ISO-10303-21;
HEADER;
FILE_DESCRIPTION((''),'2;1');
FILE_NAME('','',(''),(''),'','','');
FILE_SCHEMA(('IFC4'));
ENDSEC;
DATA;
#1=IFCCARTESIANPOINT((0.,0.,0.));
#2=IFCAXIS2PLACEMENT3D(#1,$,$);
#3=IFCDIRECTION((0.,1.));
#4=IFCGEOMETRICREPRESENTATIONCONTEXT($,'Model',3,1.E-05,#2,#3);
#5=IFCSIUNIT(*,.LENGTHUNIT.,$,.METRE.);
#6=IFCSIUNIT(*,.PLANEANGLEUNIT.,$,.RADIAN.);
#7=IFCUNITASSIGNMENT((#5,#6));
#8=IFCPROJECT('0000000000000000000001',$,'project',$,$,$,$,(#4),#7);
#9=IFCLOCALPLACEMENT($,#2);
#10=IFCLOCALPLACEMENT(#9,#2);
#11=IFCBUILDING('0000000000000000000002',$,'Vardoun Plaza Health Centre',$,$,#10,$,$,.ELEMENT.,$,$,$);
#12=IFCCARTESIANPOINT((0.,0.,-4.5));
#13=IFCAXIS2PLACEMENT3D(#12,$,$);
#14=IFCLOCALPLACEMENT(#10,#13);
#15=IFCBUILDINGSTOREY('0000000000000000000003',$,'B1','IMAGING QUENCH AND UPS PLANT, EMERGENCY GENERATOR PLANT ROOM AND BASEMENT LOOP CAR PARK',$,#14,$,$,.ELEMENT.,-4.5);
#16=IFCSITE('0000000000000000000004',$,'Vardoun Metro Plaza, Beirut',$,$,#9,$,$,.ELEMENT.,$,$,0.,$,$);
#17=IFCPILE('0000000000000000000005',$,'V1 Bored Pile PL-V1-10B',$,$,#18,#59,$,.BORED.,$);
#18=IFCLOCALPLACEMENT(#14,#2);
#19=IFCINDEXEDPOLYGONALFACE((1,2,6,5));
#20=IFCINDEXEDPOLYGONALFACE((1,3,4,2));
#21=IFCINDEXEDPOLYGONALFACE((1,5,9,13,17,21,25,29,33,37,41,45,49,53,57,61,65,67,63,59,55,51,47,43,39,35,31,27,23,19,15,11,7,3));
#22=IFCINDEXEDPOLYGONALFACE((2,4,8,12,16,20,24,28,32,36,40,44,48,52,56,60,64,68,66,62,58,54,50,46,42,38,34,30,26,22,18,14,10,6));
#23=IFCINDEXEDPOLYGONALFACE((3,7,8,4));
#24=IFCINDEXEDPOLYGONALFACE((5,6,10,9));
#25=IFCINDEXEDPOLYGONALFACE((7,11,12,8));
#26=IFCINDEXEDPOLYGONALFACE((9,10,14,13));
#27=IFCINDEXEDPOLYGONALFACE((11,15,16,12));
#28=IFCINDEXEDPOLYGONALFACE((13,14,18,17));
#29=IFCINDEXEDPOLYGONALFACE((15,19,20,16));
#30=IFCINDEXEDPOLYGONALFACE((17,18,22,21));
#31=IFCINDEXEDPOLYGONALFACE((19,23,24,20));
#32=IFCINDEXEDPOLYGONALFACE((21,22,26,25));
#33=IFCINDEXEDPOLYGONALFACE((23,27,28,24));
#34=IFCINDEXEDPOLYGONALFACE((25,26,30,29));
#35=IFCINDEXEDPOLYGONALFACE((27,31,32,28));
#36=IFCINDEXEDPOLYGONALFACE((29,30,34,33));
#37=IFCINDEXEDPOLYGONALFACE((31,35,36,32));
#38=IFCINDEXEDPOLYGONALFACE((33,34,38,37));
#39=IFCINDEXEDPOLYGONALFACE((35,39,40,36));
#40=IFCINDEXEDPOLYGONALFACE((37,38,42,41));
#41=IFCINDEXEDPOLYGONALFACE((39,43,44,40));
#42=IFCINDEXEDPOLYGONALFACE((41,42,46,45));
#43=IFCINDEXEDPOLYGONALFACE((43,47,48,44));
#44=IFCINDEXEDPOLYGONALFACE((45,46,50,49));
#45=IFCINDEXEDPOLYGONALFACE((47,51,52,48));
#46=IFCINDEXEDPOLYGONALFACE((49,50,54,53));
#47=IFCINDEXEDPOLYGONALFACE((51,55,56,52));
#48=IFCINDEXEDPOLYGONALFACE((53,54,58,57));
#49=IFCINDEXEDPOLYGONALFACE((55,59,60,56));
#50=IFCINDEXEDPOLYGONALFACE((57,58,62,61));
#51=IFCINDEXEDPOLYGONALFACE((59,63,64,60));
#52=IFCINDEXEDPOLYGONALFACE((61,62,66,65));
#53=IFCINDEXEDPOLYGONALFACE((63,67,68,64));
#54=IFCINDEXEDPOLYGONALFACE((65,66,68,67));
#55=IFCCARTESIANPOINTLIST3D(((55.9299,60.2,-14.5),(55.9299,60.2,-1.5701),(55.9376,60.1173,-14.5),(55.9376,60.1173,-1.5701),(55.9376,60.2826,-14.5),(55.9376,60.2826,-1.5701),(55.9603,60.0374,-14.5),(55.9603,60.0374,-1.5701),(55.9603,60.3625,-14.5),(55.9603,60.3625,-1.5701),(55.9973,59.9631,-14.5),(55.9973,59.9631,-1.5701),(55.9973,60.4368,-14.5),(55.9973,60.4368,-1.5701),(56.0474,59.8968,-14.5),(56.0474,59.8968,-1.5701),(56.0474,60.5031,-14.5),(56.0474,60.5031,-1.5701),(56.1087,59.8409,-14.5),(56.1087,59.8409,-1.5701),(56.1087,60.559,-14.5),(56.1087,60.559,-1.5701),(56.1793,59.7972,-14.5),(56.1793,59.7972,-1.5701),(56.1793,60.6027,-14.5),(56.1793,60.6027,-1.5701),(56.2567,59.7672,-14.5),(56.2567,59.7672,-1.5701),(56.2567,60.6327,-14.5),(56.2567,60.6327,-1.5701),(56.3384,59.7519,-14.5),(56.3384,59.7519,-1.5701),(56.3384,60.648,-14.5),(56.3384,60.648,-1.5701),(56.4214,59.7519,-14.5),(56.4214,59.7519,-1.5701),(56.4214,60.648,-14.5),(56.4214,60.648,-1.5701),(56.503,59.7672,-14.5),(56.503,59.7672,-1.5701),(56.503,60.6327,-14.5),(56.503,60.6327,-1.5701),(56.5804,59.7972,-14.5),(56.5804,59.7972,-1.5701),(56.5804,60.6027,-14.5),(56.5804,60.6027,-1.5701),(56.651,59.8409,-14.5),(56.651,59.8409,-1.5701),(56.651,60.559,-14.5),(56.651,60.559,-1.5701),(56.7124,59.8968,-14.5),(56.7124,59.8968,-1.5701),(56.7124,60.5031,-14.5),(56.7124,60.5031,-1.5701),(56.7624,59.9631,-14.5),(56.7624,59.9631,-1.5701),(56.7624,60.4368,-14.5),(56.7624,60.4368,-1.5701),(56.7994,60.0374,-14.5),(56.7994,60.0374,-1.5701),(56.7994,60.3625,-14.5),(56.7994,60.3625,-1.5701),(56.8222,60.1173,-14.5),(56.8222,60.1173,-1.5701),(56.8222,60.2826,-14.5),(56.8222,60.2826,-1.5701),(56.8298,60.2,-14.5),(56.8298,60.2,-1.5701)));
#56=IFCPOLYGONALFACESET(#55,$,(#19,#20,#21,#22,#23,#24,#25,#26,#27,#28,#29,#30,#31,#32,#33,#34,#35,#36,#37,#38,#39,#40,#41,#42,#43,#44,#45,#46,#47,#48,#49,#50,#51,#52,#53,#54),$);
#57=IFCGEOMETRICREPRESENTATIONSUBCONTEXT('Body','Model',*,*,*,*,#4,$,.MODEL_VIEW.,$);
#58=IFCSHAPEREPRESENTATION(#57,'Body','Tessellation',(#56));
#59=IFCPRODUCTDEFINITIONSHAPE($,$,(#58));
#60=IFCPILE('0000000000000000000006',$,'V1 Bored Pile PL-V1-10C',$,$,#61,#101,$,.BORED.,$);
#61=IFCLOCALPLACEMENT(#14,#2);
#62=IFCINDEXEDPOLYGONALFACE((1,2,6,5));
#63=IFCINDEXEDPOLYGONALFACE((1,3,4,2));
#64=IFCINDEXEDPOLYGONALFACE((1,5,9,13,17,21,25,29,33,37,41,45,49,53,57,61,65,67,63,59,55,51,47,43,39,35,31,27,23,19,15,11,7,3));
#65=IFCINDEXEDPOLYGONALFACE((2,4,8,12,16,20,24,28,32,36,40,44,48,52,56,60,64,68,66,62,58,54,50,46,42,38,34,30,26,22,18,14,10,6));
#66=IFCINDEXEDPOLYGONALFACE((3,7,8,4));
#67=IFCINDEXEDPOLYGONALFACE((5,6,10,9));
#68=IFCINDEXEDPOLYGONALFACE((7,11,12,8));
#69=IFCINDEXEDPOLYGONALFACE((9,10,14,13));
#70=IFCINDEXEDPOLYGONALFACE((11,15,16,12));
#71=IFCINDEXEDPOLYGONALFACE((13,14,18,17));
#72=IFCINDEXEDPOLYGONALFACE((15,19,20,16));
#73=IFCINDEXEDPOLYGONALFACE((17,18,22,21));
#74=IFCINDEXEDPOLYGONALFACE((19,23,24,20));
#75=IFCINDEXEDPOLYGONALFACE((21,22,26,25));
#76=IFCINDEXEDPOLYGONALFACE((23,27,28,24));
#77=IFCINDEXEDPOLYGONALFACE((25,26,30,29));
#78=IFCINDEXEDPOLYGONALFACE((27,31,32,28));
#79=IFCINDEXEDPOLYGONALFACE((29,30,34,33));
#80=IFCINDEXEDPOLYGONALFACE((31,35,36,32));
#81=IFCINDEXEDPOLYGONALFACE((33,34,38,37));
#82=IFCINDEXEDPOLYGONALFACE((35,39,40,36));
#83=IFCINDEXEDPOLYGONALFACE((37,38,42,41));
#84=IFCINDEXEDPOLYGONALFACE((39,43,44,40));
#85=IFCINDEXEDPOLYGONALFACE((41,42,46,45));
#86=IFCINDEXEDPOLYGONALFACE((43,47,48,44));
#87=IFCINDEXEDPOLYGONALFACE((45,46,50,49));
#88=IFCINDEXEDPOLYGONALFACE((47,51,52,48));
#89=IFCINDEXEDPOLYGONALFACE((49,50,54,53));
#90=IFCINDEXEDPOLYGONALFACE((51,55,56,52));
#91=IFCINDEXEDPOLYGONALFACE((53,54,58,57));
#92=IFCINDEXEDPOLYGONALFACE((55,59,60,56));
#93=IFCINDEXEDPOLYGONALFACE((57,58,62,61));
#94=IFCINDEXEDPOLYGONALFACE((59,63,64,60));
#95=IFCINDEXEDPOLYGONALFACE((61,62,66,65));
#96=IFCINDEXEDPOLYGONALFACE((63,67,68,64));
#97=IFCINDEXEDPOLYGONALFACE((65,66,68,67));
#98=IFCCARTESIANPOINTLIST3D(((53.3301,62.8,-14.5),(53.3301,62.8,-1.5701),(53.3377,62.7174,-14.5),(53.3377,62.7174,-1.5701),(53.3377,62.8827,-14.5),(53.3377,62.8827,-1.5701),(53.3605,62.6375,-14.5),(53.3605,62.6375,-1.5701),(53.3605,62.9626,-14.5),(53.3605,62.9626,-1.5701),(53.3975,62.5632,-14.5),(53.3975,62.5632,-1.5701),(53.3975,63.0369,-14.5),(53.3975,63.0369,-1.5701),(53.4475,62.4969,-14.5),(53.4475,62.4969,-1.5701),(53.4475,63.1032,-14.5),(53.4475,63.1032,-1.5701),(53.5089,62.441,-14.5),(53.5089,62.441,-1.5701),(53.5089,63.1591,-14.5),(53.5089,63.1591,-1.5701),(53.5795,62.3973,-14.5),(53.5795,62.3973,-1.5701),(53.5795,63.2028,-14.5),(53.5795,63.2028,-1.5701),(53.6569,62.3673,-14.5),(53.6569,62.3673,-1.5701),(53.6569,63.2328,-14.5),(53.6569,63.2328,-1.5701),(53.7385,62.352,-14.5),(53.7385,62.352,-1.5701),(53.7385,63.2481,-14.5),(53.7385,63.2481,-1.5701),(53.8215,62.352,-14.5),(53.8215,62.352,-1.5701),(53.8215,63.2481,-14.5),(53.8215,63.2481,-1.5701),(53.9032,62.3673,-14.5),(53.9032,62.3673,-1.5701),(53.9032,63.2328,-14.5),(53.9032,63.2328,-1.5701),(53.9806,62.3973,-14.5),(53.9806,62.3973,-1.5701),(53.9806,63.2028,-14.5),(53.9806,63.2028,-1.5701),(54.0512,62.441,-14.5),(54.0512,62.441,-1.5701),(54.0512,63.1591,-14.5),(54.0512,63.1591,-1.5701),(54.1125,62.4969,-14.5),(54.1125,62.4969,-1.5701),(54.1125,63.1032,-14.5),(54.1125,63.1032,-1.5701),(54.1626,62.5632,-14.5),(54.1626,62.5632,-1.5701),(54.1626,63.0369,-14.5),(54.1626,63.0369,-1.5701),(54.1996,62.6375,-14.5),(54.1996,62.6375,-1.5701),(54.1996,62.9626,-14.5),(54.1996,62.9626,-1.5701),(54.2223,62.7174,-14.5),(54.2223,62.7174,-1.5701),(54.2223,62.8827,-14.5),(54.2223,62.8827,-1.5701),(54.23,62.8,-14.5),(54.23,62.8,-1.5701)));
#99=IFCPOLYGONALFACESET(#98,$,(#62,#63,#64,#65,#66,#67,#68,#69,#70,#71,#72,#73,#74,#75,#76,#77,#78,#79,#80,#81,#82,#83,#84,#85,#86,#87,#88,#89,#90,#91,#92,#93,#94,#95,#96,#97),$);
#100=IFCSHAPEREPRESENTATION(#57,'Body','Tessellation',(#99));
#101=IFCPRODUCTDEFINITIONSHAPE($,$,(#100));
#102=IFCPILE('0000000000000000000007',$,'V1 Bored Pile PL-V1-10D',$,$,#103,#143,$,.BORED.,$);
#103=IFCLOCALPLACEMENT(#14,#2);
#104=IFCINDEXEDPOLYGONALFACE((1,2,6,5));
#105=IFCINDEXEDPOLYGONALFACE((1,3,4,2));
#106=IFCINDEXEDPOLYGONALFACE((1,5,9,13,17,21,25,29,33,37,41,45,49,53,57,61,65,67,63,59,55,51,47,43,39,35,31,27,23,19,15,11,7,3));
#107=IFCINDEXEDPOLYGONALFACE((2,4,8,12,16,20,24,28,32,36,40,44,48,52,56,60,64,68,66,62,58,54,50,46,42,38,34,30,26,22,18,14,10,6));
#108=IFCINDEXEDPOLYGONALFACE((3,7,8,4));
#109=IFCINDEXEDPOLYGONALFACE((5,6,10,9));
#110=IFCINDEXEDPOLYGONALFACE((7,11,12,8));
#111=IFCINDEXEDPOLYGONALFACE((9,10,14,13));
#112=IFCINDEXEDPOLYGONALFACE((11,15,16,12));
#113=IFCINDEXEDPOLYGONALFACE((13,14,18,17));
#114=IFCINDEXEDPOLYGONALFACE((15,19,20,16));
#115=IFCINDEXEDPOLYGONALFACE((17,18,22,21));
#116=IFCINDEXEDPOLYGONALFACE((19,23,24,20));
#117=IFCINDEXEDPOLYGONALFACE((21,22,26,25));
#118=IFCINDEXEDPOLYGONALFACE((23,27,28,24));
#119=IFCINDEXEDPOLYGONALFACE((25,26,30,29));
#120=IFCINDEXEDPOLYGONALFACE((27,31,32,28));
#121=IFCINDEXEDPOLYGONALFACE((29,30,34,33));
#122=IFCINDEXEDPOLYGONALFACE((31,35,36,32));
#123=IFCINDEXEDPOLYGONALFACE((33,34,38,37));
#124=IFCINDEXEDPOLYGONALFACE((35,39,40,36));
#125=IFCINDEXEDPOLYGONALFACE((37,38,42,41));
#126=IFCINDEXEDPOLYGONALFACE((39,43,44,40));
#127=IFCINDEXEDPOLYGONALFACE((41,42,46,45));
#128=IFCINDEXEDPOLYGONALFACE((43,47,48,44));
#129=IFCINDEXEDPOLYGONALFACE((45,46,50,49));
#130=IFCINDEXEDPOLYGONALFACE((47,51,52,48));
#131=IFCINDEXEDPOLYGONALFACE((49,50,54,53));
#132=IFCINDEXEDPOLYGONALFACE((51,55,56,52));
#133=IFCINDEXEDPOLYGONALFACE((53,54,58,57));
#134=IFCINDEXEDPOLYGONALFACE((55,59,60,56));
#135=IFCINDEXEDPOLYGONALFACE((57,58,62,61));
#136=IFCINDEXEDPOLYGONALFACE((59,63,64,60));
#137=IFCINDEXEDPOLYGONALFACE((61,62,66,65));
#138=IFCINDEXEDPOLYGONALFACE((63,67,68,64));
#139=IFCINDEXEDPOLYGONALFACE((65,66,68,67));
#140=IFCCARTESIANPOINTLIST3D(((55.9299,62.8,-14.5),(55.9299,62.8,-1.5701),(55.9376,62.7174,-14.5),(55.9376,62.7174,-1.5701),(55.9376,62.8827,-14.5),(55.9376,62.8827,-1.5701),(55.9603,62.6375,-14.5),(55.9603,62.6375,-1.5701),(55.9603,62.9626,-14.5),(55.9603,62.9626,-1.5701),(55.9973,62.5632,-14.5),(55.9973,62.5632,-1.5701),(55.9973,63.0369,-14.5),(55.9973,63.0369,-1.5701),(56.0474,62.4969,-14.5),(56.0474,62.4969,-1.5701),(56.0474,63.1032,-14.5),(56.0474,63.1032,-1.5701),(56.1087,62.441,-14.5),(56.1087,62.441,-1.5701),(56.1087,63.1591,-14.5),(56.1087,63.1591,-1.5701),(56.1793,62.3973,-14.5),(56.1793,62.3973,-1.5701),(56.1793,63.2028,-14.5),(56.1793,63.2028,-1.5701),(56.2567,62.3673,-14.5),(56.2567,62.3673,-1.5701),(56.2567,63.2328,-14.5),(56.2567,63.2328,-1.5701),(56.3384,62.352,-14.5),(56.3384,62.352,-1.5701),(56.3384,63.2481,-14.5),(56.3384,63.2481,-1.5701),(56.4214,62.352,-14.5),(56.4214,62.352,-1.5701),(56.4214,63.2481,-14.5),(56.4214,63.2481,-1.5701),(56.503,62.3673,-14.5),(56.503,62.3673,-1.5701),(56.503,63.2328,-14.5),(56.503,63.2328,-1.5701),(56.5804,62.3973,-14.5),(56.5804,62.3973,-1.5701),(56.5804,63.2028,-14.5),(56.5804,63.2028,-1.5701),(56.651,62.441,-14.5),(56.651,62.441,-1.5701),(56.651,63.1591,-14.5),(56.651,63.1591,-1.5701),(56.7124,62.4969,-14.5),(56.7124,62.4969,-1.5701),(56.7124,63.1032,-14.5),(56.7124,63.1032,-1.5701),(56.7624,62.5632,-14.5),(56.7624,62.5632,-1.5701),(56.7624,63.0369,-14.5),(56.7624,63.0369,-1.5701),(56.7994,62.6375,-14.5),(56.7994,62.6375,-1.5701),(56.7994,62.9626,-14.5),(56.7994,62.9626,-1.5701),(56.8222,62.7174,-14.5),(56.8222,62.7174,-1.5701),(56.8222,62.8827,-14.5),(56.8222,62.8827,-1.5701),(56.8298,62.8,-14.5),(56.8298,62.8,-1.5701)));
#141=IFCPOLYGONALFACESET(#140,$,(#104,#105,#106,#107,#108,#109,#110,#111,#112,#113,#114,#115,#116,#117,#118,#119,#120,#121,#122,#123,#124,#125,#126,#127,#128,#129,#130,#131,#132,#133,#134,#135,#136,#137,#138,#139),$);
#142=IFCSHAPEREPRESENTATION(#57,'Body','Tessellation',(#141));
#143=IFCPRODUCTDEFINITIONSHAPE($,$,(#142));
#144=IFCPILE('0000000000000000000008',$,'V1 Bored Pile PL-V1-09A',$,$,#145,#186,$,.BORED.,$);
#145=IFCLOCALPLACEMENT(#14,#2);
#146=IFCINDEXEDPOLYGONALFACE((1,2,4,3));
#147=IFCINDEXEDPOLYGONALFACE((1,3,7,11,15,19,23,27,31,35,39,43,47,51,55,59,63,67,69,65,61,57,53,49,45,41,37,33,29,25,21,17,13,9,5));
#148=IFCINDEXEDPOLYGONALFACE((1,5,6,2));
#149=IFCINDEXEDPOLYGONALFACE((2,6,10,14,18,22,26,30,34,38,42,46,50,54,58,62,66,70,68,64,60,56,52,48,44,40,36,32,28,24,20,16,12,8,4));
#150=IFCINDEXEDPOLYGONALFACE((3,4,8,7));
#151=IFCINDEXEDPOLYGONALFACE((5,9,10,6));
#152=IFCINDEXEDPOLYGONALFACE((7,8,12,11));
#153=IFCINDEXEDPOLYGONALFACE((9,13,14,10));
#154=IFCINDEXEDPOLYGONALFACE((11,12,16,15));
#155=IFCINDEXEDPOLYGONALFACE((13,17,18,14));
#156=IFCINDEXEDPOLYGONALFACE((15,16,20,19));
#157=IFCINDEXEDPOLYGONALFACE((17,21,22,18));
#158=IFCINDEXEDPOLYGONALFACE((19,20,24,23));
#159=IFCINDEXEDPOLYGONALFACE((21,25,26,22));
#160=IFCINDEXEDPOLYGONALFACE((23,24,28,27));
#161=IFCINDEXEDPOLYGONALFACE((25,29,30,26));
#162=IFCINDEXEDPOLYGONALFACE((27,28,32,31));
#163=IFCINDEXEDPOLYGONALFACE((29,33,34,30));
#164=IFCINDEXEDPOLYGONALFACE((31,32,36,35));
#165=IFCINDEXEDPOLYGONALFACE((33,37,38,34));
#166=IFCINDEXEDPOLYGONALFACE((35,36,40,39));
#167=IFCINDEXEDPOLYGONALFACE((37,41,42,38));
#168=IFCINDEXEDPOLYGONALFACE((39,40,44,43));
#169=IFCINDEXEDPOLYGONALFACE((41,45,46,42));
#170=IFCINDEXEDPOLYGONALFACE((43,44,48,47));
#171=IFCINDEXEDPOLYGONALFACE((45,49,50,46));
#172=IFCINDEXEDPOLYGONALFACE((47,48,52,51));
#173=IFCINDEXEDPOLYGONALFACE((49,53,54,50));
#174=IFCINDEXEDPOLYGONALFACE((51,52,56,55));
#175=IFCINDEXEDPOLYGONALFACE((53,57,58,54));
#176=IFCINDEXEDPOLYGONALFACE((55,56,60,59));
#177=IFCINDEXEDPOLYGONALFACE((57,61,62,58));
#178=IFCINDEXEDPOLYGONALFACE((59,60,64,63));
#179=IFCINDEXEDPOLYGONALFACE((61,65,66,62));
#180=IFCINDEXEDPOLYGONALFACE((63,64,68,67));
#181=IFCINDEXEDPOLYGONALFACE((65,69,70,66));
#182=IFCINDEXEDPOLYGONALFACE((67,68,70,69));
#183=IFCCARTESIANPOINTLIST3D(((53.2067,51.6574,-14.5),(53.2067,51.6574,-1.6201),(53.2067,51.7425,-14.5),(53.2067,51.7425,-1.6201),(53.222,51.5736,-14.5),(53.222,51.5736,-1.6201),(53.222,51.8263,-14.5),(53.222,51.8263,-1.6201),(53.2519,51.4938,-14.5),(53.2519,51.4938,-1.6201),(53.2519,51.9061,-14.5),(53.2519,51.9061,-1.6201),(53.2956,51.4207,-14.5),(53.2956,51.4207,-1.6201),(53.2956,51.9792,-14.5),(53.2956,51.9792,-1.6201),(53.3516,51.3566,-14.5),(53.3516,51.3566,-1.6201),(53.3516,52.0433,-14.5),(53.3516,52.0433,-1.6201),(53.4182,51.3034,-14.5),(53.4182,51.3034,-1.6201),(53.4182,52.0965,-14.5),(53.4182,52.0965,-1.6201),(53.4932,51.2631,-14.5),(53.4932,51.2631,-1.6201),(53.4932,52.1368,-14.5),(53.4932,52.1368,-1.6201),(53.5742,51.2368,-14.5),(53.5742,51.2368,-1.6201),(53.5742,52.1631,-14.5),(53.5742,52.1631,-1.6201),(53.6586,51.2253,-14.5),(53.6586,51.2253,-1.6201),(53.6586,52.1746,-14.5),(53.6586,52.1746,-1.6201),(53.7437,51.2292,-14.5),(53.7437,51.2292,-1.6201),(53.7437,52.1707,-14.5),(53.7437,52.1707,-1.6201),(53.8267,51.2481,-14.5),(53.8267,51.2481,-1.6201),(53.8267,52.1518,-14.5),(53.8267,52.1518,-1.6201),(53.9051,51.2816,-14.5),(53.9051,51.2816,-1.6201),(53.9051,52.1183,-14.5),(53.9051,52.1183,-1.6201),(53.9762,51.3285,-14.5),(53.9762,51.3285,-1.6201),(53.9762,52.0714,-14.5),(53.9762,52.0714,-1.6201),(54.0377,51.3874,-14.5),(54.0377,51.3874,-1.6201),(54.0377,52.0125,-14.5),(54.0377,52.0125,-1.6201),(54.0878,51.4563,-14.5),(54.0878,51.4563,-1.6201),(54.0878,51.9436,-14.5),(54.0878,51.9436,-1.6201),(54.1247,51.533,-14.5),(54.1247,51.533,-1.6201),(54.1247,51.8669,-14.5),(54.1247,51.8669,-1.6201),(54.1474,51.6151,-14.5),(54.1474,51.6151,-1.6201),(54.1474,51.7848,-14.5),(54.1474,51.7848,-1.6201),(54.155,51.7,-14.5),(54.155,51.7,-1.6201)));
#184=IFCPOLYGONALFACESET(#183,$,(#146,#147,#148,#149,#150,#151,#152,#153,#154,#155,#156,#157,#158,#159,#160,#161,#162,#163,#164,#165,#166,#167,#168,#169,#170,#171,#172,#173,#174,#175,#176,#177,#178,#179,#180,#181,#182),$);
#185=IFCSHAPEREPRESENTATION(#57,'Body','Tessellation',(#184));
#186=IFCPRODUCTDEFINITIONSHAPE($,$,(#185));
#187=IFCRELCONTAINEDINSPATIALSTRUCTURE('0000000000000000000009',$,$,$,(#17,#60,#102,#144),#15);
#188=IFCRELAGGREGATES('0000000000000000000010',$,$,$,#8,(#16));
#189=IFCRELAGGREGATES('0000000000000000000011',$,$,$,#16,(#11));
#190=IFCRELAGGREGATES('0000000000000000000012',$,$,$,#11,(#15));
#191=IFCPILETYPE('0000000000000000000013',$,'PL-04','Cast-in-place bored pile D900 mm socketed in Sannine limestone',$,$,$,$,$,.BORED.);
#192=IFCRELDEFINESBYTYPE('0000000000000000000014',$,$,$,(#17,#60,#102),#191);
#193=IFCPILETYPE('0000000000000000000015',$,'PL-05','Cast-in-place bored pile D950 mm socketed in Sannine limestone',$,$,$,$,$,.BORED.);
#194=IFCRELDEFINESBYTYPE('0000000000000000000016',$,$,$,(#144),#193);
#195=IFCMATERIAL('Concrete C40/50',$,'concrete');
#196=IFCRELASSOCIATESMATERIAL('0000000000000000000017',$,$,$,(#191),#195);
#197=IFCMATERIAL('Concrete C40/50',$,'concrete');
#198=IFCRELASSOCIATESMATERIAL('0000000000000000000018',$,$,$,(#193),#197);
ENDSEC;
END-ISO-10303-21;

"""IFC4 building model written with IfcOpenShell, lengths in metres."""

from ifc_helpers import new_model, si_unit, direction, frame, origin, origin_2d, place, context, subcontext, project, spatial, circle, extrude, material, material_profile, profile_set, type_object, element, save


model = new_model("IFC4")

# Units and contexts
model_context = context("Model", 3, precision=1e-05, world=origin(), true_north=direction((0.0, 1.0)))
body_context = subcontext(model_context, "Body", "Model", "MODEL_VIEW")
ifc_project = project(units=[si_unit("LENGTHUNIT", "METRE"), si_unit("PLANEANGLEUNIT", "RADIAN")], contexts=[model_context])

# Site, building, storey
site_placement = place(None, origin())
site = spatial("IfcSite", under=ifc_project, at=site_placement, Name="Vardoun Metro Plaza, Beirut", CompositionType="ELEMENT", RefElevation=0.0)
building_placement = place(site_placement, origin())
building = spatial("IfcBuilding", under=site, at=building_placement, Name="Vardoun Plaza Health Centre", CompositionType="ELEMENT")
storey_placement = place(building_placement, frame((0.0, 0.0, -4.5)))
storey = spatial("IfcBuildingStorey", under=building, at=storey_placement, Name="B1", Description="IMAGING QUENCH AND UPS PLANT, EMERGENCY GENERATOR PLANT ROOM AND BASEMENT LOOP CAR PARK", CompositionType="ELEMENT", Elevation=-4.5)

# Piles
ifc_material_1 = material(Name="Concrete C40/50", Category="concrete")
ifc_material_profile_1 = material_profile(ifc_material_1, circle(Radius=0.45, at=origin_2d()), Name="PILE D900")
ifc_profile_set_1 = profile_set([ifc_material_profile_1], Name="Concrete C40/50")
pile_type_1 = type_object("IfcPileType", Name="PL-04", Description="Cast-in-place bored pile D900 mm socketed in Sannine limestone", PredefinedType="BORED", material=ifc_profile_set_1)
for number, where, z_axis, x_axis, name in (
    (1, (56.3799, 60.2, -1.5701), (0.0, 0.0, -1.0), (1.0, 0.0, 0.0), "V1 Bored Pile PL-V1-10B"),
    (2, (53.78, 62.8, -1.5701), (0.0, 0.0, -1.0), (1.0, 0.0, 0.0), "V1 Bored Pile PL-V1-10C"),
    (3, (56.3799, 62.8, -1.5701), (0.0, 0.0, -1.0), (1.0, 0.0, 0.0), "V1 Bored Pile PL-V1-10D"),
):
    element("IfcPile", number, at=place(storey_placement, frame(where, z_axis=z_axis, x_axis=x_axis)), inside=storey, type_object=pile_type_1, Name=name, PredefinedType="BORED", context=body_context, shape_type="SweptSolid", body=[
        extrude(circle(Radius=0.45, at=origin_2d()), origin(), (0.0, 0.0, 1.0), 12.9299),
    ])
ifc_material_2 = material(Name="Concrete C40/50", Category="concrete")
ifc_material_profile_2 = material_profile(ifc_material_2, circle(Radius=0.4751, at=origin_2d()), Name="PILE D950")
ifc_profile_set_2 = profile_set([ifc_material_profile_2], Name="Concrete C40/50")
pile_type_2 = type_object("IfcPileType", Name="PL-05", Description="Cast-in-place bored pile D950 mm socketed in Sannine limestone", PredefinedType="BORED", material=ifc_profile_set_2)
for number, where, z_axis, x_axis, name in (
    (4, (53.6799, 51.7, -1.6201), (0.0, 0.0, -1.0), (1.0, 0.0, 0.0), "V1 Bored Pile PL-V1-09A"),
):
    element("IfcPile", number, at=place(storey_placement, frame(where, z_axis=z_axis, x_axis=x_axis)), inside=storey, type_object=pile_type_2, Name=name, PredefinedType="BORED", context=body_context, shape_type="SweptSolid", body=[
        extrude(circle(Radius=0.4751, at=origin_2d()), origin(), (0.0, 0.0, 1.0), 12.8799),
    ])

save(model, "model.ifc")
